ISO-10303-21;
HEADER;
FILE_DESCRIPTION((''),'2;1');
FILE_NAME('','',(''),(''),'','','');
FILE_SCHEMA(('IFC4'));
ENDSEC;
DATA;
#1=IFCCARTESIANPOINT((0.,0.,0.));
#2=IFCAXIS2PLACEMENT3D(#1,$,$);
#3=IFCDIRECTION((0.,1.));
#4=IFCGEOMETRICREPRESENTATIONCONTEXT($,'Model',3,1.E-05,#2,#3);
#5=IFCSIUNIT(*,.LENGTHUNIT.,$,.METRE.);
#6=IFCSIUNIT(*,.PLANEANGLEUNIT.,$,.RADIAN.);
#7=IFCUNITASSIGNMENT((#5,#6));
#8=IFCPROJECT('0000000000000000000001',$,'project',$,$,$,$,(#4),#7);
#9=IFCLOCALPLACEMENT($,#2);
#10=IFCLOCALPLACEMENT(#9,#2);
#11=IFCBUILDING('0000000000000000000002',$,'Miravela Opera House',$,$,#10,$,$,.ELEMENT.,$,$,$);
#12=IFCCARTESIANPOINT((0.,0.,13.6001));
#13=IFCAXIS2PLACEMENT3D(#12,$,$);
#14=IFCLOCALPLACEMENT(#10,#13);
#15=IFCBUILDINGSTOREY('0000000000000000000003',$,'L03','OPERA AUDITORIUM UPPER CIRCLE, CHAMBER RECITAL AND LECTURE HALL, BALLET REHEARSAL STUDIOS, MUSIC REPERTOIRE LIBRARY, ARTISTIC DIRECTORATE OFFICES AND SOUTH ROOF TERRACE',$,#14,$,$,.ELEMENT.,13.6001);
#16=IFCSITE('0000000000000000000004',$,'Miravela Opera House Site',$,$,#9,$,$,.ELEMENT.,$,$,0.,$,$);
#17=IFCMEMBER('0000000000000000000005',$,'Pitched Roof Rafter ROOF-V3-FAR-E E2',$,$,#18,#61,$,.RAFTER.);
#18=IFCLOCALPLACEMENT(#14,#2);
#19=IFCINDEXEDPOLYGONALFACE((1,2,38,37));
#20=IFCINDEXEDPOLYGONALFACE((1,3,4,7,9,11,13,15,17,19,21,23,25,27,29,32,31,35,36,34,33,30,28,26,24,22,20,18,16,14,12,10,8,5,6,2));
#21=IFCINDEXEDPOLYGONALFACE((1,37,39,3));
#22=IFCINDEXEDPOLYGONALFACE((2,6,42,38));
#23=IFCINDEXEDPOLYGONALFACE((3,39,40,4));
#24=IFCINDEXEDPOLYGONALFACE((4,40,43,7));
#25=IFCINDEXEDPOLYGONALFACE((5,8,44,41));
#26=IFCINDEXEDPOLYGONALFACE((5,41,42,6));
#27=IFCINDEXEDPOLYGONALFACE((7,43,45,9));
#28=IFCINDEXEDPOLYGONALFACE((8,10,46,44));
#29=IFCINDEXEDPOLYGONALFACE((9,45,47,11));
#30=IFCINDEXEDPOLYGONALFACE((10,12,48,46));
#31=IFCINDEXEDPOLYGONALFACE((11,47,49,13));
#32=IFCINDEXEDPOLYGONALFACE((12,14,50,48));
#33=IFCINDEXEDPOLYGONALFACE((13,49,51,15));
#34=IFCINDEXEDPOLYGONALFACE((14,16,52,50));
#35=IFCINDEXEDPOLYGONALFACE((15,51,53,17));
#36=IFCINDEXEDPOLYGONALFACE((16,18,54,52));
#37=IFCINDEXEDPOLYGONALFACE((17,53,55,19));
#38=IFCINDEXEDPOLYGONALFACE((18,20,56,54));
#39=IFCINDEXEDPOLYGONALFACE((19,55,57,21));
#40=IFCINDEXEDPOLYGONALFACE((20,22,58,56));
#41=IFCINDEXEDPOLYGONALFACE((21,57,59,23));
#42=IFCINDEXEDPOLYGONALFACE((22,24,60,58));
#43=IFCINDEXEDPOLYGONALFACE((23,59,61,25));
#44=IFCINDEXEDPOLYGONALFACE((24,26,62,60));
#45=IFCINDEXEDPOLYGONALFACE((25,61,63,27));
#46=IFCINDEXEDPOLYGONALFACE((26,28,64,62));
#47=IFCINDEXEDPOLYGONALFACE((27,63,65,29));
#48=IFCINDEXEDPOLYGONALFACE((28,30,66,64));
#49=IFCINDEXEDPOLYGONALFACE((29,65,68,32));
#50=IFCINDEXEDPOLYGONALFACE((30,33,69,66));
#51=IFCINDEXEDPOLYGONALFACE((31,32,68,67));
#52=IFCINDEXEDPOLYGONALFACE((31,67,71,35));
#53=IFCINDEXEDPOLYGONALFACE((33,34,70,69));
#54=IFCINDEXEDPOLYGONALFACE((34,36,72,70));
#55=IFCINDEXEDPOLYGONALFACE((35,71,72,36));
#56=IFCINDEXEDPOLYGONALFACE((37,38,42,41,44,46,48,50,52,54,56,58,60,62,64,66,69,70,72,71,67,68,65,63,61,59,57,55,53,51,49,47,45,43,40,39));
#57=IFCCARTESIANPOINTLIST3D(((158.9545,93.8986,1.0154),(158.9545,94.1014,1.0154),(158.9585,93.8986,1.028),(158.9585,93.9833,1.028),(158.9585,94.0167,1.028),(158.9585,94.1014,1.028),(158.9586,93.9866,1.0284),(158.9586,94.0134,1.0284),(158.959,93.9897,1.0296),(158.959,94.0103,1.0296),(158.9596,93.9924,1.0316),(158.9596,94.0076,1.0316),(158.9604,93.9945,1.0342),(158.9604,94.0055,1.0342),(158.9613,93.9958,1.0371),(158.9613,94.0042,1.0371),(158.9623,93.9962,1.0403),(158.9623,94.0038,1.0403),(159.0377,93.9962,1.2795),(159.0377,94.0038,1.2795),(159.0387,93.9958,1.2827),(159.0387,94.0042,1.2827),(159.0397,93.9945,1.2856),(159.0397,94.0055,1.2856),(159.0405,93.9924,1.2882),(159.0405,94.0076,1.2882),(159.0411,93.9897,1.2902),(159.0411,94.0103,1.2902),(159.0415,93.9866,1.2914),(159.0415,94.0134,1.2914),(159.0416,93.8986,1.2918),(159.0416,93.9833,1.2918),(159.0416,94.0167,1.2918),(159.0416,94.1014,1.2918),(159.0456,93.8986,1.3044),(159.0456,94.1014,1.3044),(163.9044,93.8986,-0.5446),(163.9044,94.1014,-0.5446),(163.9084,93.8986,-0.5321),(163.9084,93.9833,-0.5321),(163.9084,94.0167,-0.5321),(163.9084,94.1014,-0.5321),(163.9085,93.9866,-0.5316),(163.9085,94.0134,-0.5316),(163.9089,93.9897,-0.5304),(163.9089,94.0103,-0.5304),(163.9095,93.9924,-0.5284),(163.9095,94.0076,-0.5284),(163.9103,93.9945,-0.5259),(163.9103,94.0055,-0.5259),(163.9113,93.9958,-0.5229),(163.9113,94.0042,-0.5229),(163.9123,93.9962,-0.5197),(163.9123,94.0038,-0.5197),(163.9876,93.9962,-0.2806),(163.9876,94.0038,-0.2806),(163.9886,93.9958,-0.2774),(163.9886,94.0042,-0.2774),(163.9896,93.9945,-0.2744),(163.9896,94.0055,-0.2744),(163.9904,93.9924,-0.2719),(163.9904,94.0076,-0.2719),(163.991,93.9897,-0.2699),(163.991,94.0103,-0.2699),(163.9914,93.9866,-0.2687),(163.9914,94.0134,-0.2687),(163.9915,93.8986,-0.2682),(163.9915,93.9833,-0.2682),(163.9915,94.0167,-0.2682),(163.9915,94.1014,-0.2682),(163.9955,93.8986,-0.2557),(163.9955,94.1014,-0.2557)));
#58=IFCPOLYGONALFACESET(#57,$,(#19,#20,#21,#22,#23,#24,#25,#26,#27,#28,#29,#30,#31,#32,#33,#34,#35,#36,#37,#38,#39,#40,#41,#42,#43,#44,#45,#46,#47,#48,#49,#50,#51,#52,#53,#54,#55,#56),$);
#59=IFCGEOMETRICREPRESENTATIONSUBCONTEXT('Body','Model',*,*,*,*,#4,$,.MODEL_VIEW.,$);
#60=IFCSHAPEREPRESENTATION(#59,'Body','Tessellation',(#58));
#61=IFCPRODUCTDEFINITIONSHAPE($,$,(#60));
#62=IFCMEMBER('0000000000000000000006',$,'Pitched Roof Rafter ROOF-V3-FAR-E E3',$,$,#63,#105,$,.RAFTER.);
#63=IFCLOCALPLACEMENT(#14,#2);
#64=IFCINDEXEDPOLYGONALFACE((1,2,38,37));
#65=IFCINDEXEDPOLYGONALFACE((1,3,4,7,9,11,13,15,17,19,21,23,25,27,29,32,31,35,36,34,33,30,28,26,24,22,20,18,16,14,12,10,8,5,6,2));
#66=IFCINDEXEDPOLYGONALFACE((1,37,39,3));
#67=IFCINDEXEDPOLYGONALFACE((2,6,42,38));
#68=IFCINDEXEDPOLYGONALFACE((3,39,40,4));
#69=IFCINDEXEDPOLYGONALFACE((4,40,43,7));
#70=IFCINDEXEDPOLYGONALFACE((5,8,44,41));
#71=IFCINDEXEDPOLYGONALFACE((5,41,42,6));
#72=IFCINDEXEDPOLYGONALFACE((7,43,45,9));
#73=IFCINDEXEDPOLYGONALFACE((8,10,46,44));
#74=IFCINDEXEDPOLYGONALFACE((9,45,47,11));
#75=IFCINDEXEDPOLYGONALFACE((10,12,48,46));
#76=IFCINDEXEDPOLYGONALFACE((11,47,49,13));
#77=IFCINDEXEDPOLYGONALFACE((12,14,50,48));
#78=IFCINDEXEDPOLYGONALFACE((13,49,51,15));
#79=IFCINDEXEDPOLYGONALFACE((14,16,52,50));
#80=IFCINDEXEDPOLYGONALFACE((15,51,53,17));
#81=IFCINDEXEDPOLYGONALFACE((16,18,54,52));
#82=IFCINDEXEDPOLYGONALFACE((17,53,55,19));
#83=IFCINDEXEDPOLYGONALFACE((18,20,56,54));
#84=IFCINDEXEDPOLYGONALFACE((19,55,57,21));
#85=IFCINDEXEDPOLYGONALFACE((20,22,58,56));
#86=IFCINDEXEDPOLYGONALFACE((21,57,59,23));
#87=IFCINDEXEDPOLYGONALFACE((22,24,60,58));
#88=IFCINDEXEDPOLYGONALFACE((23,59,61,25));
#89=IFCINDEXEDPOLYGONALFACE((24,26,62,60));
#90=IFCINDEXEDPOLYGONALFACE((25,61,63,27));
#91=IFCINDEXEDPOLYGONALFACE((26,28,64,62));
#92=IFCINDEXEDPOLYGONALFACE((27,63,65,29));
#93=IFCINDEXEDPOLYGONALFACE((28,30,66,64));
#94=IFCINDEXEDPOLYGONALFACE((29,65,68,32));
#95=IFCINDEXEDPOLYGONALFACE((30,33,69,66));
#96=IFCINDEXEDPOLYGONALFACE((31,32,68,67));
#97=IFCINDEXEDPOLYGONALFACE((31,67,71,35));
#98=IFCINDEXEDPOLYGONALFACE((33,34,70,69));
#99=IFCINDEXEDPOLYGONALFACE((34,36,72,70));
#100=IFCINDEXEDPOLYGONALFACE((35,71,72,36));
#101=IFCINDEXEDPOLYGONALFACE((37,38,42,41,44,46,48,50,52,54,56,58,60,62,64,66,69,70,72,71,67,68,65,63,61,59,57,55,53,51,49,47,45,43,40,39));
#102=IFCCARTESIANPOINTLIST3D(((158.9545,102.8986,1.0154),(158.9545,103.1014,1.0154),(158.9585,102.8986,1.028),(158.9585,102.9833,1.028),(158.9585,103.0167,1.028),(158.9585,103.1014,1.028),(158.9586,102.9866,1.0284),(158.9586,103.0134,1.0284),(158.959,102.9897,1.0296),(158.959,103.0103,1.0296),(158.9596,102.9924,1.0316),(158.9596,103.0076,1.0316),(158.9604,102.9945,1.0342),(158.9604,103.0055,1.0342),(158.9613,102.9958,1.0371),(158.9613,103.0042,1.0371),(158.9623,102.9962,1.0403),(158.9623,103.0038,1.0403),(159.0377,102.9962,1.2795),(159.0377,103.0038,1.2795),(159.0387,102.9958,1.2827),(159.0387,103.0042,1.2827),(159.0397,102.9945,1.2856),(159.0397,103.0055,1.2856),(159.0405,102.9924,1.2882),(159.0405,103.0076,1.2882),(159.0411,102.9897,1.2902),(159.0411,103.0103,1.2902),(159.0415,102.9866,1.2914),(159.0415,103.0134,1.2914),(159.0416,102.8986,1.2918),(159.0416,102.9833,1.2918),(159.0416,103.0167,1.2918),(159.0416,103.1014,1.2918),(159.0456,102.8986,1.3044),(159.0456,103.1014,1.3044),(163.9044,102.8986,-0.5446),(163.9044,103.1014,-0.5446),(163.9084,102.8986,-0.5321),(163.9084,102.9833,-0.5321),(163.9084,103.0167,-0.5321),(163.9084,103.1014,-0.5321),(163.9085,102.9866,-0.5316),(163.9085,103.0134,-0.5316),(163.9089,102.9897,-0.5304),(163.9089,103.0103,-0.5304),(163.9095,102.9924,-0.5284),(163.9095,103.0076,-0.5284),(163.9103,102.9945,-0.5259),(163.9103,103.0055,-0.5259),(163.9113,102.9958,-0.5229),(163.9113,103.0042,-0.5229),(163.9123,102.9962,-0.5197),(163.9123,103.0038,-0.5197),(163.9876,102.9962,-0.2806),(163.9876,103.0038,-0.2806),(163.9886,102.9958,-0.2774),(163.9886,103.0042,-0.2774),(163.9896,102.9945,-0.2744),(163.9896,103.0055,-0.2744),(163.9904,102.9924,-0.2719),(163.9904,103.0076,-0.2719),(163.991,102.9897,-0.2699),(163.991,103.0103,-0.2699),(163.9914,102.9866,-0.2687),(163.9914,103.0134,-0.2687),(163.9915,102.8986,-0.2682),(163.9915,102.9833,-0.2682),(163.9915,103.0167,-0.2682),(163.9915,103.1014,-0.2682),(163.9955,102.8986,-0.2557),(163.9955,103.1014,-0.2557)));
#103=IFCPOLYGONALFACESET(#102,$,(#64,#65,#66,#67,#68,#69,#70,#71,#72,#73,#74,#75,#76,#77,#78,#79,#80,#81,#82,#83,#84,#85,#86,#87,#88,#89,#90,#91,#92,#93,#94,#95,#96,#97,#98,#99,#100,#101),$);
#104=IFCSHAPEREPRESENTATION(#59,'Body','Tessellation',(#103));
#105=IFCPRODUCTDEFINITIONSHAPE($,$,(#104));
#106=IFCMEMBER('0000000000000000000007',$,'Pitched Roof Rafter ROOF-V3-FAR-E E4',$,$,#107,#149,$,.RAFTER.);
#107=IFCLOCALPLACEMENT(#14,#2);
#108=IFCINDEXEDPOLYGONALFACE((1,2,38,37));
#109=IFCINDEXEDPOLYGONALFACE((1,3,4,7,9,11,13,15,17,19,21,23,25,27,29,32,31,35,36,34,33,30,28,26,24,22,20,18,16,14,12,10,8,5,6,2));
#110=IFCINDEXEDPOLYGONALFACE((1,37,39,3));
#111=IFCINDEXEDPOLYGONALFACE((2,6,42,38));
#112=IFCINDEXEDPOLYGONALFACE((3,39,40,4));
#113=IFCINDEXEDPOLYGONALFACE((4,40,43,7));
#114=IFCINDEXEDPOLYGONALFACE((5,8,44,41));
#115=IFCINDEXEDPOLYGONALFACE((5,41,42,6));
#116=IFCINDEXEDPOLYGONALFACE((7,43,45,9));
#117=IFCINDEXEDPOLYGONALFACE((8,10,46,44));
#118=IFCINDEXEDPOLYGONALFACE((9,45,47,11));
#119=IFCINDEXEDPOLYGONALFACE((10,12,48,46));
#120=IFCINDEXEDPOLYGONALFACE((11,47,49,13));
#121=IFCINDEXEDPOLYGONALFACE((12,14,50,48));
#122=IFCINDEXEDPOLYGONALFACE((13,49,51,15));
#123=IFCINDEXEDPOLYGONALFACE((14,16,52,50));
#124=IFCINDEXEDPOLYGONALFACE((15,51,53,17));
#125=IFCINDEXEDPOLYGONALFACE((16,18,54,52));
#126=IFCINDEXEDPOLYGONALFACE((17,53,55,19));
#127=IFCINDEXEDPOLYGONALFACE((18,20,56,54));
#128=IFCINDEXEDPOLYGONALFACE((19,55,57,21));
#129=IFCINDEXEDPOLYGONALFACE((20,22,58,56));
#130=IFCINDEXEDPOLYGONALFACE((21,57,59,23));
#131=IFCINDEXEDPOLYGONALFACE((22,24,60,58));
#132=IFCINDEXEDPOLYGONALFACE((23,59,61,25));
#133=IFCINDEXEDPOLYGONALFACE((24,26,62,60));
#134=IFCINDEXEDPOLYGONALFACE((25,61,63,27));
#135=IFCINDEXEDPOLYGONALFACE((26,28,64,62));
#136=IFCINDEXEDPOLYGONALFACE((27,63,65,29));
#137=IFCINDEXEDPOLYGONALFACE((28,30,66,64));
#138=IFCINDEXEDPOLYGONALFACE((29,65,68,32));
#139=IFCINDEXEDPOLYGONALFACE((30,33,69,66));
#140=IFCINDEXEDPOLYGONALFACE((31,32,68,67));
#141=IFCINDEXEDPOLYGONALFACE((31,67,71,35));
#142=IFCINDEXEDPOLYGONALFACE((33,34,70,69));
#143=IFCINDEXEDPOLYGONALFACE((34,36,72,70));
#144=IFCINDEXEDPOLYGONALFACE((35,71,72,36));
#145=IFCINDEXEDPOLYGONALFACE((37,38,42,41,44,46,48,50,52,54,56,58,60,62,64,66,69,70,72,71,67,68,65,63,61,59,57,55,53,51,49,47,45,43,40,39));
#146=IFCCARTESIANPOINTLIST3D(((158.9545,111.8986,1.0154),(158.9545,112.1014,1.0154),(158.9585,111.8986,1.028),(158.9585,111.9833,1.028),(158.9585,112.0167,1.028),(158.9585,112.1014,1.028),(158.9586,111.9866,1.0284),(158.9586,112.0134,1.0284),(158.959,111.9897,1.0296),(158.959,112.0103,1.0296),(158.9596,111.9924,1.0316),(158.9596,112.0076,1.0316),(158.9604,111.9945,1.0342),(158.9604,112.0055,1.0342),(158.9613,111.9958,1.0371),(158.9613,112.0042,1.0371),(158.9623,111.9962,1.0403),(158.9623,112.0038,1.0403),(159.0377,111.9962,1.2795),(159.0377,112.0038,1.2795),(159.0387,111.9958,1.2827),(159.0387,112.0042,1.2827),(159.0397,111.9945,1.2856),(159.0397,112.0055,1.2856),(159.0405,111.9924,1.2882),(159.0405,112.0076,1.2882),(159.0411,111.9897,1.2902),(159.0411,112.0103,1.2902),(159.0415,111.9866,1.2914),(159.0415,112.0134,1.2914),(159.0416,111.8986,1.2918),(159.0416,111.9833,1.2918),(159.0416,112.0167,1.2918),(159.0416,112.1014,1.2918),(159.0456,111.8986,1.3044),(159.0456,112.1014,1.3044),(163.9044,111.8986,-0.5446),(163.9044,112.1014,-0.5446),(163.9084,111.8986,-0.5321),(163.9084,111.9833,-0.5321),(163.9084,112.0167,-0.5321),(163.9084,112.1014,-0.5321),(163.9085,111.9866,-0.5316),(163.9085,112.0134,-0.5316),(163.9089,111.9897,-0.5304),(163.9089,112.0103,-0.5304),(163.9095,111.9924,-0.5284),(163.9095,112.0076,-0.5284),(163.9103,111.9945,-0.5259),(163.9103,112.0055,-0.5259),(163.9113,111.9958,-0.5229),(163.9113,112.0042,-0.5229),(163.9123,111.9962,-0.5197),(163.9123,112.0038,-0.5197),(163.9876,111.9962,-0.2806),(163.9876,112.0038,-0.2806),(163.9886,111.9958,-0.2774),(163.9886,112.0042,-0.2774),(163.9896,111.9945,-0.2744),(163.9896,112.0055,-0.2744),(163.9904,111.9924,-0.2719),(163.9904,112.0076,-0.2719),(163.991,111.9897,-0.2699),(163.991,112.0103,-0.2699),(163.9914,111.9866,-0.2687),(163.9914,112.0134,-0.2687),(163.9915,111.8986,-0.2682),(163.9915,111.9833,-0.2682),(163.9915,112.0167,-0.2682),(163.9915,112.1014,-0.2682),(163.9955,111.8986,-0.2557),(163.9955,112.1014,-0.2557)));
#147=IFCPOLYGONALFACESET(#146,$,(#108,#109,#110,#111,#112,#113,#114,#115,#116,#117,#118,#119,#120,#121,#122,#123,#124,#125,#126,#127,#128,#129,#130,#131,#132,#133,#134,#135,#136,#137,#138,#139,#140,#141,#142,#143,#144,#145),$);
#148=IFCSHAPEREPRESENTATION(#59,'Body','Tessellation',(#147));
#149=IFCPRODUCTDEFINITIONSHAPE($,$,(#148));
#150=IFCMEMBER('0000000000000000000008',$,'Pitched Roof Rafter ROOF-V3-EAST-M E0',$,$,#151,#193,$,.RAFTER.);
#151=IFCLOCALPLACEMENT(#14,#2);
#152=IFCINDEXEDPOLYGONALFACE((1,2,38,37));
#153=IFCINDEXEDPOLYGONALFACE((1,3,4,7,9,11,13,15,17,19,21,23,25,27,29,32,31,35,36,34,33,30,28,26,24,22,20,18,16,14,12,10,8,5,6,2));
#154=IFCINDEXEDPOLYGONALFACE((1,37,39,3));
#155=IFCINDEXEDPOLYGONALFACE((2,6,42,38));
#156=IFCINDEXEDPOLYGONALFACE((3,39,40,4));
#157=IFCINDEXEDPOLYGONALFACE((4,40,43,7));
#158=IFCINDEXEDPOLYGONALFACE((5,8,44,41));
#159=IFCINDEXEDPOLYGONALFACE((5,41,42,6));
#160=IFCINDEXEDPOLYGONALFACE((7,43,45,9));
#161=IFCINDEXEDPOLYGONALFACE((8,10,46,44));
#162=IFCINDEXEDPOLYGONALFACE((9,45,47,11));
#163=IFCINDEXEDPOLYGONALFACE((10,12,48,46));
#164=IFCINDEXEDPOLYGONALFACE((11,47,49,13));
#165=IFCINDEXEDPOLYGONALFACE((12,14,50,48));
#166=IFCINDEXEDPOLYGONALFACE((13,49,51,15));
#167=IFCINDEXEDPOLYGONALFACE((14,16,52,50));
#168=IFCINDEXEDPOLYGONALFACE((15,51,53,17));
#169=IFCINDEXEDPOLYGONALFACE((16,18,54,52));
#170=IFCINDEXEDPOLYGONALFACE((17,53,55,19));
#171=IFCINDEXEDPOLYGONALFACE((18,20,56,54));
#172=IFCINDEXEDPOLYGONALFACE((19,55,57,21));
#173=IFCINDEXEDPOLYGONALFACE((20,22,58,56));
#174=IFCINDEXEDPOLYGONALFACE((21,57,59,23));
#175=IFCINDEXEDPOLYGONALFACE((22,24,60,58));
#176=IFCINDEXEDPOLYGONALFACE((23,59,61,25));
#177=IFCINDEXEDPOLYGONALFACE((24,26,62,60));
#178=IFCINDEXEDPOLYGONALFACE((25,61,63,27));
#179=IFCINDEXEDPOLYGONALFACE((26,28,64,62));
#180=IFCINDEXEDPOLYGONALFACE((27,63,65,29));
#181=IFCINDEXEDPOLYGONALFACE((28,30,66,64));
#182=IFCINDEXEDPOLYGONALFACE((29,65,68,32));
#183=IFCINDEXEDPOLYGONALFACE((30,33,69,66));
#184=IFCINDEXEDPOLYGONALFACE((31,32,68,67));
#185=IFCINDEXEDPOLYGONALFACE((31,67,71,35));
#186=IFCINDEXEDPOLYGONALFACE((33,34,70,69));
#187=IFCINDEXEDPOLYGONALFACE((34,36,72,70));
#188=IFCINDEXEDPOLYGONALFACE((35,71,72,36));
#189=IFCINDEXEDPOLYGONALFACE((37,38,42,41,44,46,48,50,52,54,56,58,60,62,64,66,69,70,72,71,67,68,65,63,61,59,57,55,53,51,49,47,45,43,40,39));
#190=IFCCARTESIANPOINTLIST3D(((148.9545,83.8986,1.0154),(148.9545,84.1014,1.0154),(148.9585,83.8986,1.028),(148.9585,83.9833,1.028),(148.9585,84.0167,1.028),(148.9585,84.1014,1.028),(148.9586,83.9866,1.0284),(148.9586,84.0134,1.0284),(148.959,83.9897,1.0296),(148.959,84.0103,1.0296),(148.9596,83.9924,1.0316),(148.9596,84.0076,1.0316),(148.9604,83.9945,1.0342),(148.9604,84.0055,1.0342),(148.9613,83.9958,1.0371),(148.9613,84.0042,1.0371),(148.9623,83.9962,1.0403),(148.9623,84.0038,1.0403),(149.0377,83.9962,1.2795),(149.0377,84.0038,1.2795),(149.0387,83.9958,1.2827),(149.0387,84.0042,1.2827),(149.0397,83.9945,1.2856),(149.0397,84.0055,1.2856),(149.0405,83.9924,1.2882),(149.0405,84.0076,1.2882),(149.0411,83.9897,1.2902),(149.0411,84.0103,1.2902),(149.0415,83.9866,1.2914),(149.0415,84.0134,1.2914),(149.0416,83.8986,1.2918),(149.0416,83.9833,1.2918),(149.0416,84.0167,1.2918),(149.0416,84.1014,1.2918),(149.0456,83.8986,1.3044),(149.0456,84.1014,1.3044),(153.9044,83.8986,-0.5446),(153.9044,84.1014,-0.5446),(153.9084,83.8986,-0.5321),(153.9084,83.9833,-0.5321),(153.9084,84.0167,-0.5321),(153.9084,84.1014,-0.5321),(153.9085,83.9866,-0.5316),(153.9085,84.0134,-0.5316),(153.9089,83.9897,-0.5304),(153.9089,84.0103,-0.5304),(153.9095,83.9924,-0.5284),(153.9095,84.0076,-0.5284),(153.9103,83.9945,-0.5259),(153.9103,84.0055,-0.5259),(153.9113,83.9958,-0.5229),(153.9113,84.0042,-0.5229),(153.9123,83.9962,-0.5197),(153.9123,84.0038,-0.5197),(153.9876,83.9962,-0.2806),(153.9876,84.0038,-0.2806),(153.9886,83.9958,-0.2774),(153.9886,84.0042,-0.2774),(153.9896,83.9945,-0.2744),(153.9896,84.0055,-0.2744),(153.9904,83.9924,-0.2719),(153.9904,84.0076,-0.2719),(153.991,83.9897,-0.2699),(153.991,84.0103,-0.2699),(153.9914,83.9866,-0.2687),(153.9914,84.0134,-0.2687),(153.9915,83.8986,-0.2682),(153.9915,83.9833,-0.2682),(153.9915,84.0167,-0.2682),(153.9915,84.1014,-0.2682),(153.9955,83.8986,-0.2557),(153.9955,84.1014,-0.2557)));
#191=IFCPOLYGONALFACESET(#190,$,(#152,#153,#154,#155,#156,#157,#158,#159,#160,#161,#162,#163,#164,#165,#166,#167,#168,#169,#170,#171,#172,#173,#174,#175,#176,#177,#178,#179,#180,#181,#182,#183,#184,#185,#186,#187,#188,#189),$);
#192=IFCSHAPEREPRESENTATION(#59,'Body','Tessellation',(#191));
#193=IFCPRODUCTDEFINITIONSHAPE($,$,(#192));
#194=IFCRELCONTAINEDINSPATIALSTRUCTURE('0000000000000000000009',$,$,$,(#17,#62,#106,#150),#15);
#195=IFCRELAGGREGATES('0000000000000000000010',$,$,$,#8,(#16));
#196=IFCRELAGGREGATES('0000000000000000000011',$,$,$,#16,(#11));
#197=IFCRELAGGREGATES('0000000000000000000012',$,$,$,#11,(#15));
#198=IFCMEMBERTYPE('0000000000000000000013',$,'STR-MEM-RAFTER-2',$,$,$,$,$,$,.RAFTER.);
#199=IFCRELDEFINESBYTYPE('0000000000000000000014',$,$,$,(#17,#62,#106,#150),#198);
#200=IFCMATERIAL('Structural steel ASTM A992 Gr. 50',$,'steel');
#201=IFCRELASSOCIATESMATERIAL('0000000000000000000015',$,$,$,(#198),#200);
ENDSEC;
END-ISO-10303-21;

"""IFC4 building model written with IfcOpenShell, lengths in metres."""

from ifc_helpers import new_model, si_unit, direction, frame, origin, origin_2d, place, context, subcontext, project, spatial, i_section, extrude, material, material_profile, profile_set, type_object, element, save


model = new_model("IFC4")

# Units and contexts
model_context = context("Model", 3, precision=1e-05, world=origin(), true_north=direction((0.0, 1.0)))
body_context = subcontext(model_context, "Body", "Model", "MODEL_VIEW")
ifc_project = project(units=[si_unit("LENGTHUNIT", "METRE"), si_unit("PLANEANGLEUNIT", "RADIAN")], contexts=[model_context])

# Site, building, storey
site_placement = place(None, origin())
site = spatial("IfcSite", under=ifc_project, at=site_placement, Name="Miravela Opera House Site", CompositionType="ELEMENT", RefElevation=0.0)
building_placement = place(site_placement, origin())
building = spatial("IfcBuilding", under=site, at=building_placement, Name="Miravela Opera House", CompositionType="ELEMENT")
storey_placement = place(building_placement, frame((0.0, 0.0, 13.6001)))
storey = spatial("IfcBuildingStorey", under=building, at=storey_placement, Name="L03", Description="OPERA AUDITORIUM UPPER CIRCLE, CHAMBER RECITAL AND LECTURE HALL, BALLET REHEARSAL STUDIOS, MUSIC REPERTOIRE LIBRARY, ARTISTIC DIRECTORATE OFFICES AND SOUTH ROOF TERRACE", CompositionType="ELEMENT", Elevation=13.6001)

# Members
ifc_material_1 = material(Name="Structural steel ASTM A992 Gr. 50", Category="steel")
ifc_material_profile_1 = material_profile(ifc_material_1, i_section(OverallWidth=0.2029, OverallDepth=0.303, WebThickness=0.0076, FlangeThickness=0.0132, FilletRadius=0.0129, at=origin_2d()), Name="W310X60")
ifc_profile_set_1 = profile_set([ifc_material_profile_1])
member_type_1 = type_object("IfcMemberType", Name="STR-MEM-RAFTER-2", PredefinedType="RAFTER", material=ifc_profile_set_1)
for number, where, z_axis, x_axis, name in (
    (1, (163.95, 94.0, -0.4001), (-0.953753, 0.0, 0.300591), (0.0, -1.0, 0.0), "Pitched Roof Rafter ROOF-V3-FAR-E E2"),
    (2, (163.95, 103.0, -0.4001), (-0.953753, 0.0, 0.300591), (0.0, -1.0, 0.0), "Pitched Roof Rafter ROOF-V3-FAR-E E3"),
    (3, (163.95, 112.0, -0.4001), (-0.953753, 0.0, 0.300591), (0.0, -1.0, 0.0), "Pitched Roof Rafter ROOF-V3-FAR-E E4"),
    (4, (153.95, 84.0, -0.4001), (-0.953753, 0.0, 0.300591), (0.0, -1.0, 0.0), "Pitched Roof Rafter ROOF-V3-EAST-M E0"),
):
    element("IfcMember", number, at=place(storey_placement, frame(where, z_axis=z_axis, x_axis=x_axis)), inside=storey, type_object=member_type_1, Name=name, PredefinedType="RAFTER", context=body_context, shape_type="SweptSolid", body=[
        extrude(i_section(OverallWidth=0.2029, OverallDepth=0.303, WebThickness=0.0076, FlangeThickness=0.0132, FilletRadius=0.0129, at=origin_2d()), origin(), (0.0, 0.0, 1.0), 5.1899),
    ])

save(model, "model.ifc")
